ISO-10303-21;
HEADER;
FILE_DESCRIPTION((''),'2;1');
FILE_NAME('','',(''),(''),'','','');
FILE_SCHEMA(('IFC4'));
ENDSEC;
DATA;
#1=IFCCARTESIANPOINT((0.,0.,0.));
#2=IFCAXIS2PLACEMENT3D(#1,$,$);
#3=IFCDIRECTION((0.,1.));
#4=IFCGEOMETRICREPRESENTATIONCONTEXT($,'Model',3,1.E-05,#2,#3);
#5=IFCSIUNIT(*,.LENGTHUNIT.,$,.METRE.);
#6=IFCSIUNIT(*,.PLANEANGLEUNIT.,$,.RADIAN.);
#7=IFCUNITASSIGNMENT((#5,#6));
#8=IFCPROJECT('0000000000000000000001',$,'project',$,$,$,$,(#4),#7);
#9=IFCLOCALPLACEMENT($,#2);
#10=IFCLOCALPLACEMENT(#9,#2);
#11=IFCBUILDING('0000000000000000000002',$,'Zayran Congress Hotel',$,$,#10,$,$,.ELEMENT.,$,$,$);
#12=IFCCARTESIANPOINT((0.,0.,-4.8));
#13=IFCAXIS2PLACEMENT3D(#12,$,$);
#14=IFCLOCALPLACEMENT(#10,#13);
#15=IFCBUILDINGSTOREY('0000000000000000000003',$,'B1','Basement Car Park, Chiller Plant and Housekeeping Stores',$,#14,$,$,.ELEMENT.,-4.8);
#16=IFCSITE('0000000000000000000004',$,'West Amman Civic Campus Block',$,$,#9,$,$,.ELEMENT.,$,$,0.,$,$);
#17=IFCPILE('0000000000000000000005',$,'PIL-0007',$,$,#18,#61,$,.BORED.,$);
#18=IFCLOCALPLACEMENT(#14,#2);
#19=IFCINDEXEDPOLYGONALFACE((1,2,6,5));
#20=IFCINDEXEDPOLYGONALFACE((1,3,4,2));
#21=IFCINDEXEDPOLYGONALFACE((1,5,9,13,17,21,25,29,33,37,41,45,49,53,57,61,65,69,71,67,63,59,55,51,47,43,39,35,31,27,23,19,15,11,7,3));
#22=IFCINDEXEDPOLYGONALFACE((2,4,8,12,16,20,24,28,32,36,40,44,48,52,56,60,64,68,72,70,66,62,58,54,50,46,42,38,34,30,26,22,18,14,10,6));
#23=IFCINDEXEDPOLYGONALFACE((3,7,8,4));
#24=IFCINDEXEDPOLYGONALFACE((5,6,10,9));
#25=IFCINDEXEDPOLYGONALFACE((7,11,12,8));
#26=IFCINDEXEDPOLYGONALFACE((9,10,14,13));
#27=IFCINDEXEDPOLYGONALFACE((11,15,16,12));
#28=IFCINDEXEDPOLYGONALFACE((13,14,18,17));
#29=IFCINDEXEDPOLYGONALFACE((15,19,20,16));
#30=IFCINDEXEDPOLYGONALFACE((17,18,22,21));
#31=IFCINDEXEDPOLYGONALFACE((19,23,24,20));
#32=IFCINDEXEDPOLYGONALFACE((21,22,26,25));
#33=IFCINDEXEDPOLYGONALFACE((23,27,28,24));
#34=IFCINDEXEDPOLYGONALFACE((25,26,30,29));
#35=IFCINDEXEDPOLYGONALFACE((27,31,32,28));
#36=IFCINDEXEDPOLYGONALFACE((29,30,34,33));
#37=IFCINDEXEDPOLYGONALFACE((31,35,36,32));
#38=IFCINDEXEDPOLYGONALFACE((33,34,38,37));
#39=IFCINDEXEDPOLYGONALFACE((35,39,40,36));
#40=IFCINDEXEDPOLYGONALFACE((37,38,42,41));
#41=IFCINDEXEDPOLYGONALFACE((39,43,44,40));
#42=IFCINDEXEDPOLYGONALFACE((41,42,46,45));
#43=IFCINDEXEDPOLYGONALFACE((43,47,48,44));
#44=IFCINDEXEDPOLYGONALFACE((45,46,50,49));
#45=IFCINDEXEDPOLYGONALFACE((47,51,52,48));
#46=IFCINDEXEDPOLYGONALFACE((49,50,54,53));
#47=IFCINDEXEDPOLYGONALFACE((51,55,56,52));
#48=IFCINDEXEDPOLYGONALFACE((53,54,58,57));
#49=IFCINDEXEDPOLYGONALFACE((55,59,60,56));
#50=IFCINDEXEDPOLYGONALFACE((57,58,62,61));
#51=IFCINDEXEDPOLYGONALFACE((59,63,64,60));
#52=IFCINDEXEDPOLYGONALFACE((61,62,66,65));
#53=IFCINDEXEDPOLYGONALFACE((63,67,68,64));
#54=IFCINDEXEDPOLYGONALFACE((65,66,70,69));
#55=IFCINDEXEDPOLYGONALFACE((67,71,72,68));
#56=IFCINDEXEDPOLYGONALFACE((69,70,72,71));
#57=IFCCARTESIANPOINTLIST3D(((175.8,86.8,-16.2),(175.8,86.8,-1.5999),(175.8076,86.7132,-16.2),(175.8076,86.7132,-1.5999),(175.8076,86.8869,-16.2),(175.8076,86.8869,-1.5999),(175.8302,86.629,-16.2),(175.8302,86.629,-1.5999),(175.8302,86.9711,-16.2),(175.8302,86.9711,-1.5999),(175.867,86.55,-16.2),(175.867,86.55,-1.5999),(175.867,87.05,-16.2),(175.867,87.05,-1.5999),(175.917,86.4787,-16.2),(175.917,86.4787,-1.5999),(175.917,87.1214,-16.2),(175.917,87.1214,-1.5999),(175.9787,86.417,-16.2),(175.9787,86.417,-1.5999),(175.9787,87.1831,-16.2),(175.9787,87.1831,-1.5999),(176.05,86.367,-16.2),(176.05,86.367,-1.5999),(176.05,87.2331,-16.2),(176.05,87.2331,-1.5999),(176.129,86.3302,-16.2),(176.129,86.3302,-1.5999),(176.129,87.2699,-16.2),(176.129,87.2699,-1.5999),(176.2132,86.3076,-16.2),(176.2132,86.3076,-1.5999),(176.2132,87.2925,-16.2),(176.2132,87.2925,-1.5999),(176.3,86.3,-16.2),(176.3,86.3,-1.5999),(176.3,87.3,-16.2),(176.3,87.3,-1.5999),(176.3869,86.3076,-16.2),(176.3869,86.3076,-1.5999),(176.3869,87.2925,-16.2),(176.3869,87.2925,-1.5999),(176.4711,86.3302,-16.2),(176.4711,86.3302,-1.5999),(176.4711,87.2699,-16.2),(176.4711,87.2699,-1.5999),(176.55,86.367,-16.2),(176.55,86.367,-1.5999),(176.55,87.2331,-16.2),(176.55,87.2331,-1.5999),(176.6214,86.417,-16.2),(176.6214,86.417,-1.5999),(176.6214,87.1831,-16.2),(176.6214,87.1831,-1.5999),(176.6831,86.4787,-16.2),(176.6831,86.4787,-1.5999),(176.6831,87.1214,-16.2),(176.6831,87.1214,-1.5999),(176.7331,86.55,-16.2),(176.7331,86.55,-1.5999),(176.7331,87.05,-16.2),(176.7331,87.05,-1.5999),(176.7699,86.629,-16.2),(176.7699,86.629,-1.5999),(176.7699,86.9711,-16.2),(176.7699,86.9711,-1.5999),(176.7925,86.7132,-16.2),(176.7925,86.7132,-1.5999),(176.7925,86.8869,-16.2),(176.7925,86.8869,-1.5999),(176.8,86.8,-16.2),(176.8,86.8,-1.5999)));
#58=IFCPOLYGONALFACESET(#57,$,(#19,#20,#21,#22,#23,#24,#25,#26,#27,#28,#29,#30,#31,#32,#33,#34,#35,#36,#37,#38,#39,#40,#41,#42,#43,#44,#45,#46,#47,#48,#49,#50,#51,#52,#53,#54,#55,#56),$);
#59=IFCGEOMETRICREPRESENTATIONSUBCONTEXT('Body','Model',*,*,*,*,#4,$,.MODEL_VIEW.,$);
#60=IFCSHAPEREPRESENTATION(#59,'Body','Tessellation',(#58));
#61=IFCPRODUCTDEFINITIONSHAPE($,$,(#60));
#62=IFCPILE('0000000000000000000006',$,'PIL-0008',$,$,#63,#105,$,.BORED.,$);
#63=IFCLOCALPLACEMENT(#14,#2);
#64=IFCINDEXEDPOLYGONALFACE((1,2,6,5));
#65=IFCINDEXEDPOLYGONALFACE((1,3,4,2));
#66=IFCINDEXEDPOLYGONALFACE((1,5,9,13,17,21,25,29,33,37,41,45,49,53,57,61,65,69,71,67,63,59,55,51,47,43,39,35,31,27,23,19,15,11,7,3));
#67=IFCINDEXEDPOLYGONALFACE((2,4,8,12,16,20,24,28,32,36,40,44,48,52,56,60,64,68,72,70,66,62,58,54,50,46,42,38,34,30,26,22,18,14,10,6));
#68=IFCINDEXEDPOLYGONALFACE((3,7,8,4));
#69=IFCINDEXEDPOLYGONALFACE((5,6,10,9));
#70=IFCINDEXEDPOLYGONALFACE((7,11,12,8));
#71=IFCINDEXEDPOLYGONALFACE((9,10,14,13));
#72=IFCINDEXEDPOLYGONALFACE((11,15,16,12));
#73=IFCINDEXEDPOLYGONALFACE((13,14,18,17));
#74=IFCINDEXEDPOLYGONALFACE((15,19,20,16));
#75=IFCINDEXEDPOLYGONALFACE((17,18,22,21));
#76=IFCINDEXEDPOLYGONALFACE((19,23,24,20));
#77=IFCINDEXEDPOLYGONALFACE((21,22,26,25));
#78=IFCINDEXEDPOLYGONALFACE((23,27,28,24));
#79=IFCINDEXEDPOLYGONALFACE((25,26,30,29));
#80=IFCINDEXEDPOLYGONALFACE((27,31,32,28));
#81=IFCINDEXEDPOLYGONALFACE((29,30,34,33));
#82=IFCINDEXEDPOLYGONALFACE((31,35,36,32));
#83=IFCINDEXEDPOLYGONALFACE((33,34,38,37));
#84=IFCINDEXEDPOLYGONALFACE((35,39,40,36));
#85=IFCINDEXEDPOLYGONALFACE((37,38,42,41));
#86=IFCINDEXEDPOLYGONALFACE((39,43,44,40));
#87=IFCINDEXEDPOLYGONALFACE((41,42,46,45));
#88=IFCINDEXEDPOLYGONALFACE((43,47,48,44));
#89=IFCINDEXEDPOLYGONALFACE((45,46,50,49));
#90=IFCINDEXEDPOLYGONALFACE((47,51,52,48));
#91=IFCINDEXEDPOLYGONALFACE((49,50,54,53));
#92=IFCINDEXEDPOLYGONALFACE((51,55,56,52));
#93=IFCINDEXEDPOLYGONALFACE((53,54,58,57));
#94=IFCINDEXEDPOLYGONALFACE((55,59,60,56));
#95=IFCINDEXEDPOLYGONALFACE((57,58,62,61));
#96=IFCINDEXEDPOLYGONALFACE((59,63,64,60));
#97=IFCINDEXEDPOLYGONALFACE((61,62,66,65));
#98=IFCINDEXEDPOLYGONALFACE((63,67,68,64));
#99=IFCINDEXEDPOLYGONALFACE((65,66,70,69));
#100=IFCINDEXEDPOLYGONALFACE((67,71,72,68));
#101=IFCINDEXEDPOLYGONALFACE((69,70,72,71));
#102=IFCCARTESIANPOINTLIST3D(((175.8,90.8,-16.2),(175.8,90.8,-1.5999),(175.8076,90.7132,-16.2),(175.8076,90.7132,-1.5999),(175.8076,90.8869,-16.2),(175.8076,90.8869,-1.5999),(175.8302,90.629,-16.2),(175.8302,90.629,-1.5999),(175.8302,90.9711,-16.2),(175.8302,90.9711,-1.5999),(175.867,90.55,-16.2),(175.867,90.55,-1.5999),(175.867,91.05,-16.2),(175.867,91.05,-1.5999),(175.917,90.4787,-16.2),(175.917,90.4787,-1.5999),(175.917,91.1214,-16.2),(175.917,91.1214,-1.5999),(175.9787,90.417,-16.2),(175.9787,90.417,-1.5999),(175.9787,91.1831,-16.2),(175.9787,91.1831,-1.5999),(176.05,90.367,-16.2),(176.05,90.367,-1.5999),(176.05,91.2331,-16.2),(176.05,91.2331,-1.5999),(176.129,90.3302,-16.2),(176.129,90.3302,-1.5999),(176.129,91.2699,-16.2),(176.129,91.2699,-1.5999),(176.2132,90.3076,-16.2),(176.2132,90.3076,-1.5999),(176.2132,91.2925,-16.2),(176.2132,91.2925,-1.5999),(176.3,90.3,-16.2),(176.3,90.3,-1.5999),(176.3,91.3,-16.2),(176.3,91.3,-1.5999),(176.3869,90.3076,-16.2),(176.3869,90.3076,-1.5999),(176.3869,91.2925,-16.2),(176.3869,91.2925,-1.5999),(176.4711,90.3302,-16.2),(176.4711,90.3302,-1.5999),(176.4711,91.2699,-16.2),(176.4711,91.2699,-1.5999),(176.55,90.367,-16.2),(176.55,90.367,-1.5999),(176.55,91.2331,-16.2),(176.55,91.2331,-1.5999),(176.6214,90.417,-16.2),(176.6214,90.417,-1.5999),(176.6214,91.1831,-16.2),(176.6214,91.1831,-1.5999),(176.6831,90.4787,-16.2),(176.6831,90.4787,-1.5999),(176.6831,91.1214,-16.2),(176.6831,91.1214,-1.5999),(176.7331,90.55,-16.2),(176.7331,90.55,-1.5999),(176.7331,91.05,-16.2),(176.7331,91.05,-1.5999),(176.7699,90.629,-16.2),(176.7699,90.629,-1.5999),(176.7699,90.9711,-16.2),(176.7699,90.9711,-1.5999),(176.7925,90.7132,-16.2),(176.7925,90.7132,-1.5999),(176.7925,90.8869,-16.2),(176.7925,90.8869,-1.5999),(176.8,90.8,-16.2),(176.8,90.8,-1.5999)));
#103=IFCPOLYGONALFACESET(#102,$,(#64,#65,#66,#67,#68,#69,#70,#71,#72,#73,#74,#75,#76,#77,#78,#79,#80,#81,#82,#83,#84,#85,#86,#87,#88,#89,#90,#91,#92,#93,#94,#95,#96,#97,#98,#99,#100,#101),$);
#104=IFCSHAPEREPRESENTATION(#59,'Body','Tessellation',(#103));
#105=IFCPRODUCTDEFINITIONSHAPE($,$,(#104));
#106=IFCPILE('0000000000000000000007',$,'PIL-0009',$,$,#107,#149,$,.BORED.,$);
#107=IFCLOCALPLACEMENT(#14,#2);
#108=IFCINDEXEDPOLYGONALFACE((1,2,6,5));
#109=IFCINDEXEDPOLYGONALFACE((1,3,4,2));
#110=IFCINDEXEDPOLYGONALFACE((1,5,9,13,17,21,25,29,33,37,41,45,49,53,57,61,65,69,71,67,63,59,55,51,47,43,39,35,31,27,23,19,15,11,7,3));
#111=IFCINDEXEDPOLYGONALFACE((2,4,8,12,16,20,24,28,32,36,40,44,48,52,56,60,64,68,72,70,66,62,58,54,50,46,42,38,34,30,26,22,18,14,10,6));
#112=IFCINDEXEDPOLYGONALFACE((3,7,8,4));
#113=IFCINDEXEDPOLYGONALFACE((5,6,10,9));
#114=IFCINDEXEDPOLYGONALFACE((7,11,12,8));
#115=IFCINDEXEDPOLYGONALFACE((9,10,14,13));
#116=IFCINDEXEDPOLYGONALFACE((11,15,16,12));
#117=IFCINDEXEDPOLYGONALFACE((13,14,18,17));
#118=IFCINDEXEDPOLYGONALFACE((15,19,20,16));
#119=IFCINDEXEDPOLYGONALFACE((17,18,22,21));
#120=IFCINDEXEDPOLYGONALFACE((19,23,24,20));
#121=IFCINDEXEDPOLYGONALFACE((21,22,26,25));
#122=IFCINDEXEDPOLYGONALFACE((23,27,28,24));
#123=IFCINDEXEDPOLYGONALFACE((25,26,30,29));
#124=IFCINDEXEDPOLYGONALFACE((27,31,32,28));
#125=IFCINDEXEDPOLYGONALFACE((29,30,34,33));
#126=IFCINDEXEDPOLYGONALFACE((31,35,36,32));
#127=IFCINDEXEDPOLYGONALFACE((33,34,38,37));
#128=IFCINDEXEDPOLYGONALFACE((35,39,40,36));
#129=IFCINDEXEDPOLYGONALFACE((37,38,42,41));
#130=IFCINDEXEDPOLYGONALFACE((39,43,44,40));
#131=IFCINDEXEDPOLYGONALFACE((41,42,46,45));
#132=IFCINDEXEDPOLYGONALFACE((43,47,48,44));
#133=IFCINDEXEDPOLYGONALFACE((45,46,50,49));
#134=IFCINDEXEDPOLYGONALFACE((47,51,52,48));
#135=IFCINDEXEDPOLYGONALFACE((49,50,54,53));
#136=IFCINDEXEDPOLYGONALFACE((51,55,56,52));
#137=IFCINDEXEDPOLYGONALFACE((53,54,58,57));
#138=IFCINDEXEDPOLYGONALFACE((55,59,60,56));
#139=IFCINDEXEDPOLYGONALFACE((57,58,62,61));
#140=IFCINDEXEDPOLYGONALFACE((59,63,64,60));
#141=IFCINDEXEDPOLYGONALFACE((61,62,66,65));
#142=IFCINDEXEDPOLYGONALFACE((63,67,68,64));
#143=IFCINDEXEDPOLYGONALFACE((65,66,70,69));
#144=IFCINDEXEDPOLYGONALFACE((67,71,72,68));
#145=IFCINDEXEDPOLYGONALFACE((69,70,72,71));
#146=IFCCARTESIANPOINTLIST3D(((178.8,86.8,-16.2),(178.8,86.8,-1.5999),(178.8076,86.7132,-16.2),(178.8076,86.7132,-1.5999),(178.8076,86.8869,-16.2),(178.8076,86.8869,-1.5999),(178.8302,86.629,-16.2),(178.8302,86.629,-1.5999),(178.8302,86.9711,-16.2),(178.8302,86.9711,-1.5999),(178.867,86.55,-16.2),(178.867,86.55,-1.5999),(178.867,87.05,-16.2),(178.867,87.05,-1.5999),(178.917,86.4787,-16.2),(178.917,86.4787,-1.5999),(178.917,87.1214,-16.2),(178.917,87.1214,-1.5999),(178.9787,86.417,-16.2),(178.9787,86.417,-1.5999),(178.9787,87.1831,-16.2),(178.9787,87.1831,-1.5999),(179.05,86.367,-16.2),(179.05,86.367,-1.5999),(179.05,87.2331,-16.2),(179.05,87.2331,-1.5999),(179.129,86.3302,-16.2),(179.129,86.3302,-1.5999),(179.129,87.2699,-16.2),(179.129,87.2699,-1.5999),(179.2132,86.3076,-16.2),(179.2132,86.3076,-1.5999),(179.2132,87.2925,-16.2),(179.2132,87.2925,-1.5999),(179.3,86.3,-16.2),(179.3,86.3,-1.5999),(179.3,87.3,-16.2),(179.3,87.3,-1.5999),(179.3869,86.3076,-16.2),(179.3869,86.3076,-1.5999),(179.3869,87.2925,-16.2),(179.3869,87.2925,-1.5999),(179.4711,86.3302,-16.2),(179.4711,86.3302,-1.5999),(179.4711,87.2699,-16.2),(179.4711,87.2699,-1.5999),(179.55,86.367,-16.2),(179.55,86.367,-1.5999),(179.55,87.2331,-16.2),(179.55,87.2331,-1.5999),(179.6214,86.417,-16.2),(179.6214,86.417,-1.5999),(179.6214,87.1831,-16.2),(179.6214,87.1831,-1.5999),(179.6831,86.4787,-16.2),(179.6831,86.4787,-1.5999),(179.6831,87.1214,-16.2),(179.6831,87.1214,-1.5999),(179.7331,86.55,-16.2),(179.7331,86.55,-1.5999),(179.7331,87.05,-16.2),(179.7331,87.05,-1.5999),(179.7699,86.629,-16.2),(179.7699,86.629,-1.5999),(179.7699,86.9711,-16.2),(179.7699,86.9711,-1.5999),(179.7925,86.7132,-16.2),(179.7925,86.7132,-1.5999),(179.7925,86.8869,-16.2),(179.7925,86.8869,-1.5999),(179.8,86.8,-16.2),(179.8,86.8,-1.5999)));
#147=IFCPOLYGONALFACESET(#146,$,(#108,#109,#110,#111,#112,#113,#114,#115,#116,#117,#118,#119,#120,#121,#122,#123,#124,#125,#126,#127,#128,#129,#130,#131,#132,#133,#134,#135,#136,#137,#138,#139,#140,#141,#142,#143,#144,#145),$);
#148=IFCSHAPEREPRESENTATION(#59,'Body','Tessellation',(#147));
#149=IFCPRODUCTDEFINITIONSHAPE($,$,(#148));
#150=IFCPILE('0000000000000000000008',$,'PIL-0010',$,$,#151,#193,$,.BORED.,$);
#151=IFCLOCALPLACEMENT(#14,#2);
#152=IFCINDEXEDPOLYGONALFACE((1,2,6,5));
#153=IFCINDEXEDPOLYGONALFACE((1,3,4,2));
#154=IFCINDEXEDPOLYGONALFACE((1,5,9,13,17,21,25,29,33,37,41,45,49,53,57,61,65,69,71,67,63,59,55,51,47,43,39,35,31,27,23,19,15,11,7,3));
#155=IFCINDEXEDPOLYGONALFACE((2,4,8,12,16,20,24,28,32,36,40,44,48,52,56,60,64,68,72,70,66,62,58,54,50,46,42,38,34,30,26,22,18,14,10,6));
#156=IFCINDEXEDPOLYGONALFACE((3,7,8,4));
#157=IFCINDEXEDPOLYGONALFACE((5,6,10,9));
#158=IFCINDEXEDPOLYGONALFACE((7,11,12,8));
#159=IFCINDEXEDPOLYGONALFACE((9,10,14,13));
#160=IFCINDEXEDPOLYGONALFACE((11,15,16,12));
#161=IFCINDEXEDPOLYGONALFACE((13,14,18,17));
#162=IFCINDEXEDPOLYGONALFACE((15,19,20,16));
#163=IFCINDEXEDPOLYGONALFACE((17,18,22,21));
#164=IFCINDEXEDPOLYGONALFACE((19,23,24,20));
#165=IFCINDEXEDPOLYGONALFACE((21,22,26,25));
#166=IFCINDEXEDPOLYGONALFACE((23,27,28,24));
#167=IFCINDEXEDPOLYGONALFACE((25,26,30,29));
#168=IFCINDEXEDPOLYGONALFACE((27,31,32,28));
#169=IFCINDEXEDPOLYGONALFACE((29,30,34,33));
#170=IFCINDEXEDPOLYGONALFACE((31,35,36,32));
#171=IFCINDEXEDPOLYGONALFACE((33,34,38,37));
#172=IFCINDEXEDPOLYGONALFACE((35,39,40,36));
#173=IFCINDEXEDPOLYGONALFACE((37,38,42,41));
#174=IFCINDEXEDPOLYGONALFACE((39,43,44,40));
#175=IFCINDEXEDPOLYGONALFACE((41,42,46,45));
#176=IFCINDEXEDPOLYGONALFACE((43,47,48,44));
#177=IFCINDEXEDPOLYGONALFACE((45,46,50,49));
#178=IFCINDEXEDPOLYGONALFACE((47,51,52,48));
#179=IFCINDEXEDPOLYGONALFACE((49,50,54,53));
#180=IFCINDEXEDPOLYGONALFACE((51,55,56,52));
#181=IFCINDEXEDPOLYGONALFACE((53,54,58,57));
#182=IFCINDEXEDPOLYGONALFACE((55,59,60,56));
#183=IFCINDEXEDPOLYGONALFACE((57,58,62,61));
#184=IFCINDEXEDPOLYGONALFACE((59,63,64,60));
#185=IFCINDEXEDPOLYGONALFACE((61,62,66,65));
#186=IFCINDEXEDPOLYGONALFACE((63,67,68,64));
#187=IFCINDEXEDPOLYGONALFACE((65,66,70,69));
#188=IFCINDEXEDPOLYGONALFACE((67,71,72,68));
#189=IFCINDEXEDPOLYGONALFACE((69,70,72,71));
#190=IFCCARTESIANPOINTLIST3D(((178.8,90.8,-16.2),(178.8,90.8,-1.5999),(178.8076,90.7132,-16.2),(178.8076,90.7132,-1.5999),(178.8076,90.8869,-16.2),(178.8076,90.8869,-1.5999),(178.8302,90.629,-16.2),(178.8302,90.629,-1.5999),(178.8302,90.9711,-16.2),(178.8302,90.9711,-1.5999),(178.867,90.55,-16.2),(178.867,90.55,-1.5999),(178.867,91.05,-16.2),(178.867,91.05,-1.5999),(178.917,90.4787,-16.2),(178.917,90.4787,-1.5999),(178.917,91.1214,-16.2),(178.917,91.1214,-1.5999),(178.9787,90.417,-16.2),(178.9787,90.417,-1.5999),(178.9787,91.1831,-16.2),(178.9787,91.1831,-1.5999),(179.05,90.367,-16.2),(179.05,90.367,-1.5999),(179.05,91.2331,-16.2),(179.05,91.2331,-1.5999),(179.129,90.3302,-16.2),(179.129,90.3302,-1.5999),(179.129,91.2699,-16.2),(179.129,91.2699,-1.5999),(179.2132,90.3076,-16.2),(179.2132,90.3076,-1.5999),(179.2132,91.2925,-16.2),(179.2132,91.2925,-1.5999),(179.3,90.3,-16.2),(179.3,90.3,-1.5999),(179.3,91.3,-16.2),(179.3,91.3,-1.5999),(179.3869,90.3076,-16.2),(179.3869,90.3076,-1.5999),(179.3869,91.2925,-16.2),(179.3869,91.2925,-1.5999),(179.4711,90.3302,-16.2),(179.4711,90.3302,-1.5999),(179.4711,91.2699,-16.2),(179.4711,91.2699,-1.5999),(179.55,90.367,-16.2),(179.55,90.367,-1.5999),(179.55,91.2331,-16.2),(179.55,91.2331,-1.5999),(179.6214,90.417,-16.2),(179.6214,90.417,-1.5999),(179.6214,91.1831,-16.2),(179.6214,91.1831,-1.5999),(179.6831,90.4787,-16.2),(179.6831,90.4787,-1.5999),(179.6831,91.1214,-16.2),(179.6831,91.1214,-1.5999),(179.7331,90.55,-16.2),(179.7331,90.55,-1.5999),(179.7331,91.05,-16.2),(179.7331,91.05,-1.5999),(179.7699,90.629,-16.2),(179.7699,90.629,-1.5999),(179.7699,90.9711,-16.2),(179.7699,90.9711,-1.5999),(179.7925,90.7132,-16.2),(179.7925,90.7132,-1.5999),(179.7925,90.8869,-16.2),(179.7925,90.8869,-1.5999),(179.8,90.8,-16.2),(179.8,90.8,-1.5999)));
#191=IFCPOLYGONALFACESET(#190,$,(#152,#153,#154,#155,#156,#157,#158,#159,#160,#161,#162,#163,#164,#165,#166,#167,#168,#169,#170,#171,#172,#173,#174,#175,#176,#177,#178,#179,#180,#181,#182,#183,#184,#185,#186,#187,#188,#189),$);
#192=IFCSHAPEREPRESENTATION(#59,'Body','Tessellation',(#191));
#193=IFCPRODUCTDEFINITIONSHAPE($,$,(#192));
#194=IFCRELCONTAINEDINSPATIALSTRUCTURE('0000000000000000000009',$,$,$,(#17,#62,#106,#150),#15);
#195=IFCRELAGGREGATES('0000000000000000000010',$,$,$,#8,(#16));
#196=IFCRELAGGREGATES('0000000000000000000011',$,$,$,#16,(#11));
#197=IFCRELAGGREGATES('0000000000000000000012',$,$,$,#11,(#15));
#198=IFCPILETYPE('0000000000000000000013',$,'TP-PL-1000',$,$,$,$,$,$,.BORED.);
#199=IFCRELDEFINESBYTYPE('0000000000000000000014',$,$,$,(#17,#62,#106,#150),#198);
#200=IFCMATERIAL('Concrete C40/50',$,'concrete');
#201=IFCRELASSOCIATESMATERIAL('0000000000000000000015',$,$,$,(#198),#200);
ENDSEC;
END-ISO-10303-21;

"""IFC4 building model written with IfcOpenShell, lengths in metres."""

from ifc_helpers import new_model, si_unit, direction, frame, origin, origin_2d, place, context, subcontext, project, spatial, circle, extrude, material, material_profile, profile_set, type_object, element, save


model = new_model("IFC4")

# Units and contexts
model_context = context("Model", 3, precision=1e-05, world=origin(), true_north=direction((0.0, 1.0)))
body_context = subcontext(model_context, "Body", "Model", "MODEL_VIEW")
ifc_project = project(units=[si_unit("LENGTHUNIT", "METRE"), si_unit("PLANEANGLEUNIT", "RADIAN")], contexts=[model_context])

# Site, building, storey
site_placement = place(None, origin())
site = spatial("IfcSite", under=ifc_project, at=site_placement, Name="West Amman Civic Campus Block", CompositionType="ELEMENT", RefElevation=0.0)
building_placement = place(site_placement, origin())
building = spatial("IfcBuilding", under=site, at=building_placement, Name="Zayran Congress Hotel", CompositionType="ELEMENT")
storey_placement = place(building_placement, frame((0.0, 0.0, -4.8)))
storey = spatial("IfcBuildingStorey", under=building, at=storey_placement, Name="B1", Description="Basement Car Park, Chiller Plant and Housekeeping Stores", CompositionType="ELEMENT", Elevation=-4.8)

# Piles
ifc_material_1 = material(Name="Concrete C40/50", Category="concrete")
ifc_material_profile_1 = material_profile(ifc_material_1, circle(Radius=0.5, at=origin_2d()), Name="PILE D1000")
ifc_profile_set_1 = profile_set([ifc_material_profile_1], Name="Concrete C40/50")
pile_type_1 = type_object("IfcPileType", Name="TP-PL-1000", PredefinedType="BORED", material=ifc_profile_set_1)
for number, where, z_axis, x_axis, name in (
    (1, (176.3, 86.8, -1.5999), (0.0, 0.0, -1.0), (1.0, 0.0, 0.0), "PIL-0007"),
    (2, (176.3, 90.8, -1.5999), (0.0, 0.0, -1.0), (1.0, 0.0, 0.0), "PIL-0008"),
    (3, (179.3, 86.8, -1.5999), (0.0, 0.0, -1.0), (1.0, 0.0, 0.0), "PIL-0009"),
    (4, (179.3, 90.8, -1.5999), (0.0, 0.0, -1.0), (1.0, 0.0, 0.0), "PIL-0010"),
):
    element("IfcPile", number, at=place(storey_placement, frame(where, z_axis=z_axis, x_axis=x_axis)), inside=storey, type_object=pile_type_1, Name=name, PredefinedType="BORED", context=body_context, shape_type="SweptSolid", body=[
        extrude(circle(Radius=0.5, at=origin_2d()), origin(), (0.0, 0.0, 1.0), 14.6001),
    ])

save(model, "model.ifc")
